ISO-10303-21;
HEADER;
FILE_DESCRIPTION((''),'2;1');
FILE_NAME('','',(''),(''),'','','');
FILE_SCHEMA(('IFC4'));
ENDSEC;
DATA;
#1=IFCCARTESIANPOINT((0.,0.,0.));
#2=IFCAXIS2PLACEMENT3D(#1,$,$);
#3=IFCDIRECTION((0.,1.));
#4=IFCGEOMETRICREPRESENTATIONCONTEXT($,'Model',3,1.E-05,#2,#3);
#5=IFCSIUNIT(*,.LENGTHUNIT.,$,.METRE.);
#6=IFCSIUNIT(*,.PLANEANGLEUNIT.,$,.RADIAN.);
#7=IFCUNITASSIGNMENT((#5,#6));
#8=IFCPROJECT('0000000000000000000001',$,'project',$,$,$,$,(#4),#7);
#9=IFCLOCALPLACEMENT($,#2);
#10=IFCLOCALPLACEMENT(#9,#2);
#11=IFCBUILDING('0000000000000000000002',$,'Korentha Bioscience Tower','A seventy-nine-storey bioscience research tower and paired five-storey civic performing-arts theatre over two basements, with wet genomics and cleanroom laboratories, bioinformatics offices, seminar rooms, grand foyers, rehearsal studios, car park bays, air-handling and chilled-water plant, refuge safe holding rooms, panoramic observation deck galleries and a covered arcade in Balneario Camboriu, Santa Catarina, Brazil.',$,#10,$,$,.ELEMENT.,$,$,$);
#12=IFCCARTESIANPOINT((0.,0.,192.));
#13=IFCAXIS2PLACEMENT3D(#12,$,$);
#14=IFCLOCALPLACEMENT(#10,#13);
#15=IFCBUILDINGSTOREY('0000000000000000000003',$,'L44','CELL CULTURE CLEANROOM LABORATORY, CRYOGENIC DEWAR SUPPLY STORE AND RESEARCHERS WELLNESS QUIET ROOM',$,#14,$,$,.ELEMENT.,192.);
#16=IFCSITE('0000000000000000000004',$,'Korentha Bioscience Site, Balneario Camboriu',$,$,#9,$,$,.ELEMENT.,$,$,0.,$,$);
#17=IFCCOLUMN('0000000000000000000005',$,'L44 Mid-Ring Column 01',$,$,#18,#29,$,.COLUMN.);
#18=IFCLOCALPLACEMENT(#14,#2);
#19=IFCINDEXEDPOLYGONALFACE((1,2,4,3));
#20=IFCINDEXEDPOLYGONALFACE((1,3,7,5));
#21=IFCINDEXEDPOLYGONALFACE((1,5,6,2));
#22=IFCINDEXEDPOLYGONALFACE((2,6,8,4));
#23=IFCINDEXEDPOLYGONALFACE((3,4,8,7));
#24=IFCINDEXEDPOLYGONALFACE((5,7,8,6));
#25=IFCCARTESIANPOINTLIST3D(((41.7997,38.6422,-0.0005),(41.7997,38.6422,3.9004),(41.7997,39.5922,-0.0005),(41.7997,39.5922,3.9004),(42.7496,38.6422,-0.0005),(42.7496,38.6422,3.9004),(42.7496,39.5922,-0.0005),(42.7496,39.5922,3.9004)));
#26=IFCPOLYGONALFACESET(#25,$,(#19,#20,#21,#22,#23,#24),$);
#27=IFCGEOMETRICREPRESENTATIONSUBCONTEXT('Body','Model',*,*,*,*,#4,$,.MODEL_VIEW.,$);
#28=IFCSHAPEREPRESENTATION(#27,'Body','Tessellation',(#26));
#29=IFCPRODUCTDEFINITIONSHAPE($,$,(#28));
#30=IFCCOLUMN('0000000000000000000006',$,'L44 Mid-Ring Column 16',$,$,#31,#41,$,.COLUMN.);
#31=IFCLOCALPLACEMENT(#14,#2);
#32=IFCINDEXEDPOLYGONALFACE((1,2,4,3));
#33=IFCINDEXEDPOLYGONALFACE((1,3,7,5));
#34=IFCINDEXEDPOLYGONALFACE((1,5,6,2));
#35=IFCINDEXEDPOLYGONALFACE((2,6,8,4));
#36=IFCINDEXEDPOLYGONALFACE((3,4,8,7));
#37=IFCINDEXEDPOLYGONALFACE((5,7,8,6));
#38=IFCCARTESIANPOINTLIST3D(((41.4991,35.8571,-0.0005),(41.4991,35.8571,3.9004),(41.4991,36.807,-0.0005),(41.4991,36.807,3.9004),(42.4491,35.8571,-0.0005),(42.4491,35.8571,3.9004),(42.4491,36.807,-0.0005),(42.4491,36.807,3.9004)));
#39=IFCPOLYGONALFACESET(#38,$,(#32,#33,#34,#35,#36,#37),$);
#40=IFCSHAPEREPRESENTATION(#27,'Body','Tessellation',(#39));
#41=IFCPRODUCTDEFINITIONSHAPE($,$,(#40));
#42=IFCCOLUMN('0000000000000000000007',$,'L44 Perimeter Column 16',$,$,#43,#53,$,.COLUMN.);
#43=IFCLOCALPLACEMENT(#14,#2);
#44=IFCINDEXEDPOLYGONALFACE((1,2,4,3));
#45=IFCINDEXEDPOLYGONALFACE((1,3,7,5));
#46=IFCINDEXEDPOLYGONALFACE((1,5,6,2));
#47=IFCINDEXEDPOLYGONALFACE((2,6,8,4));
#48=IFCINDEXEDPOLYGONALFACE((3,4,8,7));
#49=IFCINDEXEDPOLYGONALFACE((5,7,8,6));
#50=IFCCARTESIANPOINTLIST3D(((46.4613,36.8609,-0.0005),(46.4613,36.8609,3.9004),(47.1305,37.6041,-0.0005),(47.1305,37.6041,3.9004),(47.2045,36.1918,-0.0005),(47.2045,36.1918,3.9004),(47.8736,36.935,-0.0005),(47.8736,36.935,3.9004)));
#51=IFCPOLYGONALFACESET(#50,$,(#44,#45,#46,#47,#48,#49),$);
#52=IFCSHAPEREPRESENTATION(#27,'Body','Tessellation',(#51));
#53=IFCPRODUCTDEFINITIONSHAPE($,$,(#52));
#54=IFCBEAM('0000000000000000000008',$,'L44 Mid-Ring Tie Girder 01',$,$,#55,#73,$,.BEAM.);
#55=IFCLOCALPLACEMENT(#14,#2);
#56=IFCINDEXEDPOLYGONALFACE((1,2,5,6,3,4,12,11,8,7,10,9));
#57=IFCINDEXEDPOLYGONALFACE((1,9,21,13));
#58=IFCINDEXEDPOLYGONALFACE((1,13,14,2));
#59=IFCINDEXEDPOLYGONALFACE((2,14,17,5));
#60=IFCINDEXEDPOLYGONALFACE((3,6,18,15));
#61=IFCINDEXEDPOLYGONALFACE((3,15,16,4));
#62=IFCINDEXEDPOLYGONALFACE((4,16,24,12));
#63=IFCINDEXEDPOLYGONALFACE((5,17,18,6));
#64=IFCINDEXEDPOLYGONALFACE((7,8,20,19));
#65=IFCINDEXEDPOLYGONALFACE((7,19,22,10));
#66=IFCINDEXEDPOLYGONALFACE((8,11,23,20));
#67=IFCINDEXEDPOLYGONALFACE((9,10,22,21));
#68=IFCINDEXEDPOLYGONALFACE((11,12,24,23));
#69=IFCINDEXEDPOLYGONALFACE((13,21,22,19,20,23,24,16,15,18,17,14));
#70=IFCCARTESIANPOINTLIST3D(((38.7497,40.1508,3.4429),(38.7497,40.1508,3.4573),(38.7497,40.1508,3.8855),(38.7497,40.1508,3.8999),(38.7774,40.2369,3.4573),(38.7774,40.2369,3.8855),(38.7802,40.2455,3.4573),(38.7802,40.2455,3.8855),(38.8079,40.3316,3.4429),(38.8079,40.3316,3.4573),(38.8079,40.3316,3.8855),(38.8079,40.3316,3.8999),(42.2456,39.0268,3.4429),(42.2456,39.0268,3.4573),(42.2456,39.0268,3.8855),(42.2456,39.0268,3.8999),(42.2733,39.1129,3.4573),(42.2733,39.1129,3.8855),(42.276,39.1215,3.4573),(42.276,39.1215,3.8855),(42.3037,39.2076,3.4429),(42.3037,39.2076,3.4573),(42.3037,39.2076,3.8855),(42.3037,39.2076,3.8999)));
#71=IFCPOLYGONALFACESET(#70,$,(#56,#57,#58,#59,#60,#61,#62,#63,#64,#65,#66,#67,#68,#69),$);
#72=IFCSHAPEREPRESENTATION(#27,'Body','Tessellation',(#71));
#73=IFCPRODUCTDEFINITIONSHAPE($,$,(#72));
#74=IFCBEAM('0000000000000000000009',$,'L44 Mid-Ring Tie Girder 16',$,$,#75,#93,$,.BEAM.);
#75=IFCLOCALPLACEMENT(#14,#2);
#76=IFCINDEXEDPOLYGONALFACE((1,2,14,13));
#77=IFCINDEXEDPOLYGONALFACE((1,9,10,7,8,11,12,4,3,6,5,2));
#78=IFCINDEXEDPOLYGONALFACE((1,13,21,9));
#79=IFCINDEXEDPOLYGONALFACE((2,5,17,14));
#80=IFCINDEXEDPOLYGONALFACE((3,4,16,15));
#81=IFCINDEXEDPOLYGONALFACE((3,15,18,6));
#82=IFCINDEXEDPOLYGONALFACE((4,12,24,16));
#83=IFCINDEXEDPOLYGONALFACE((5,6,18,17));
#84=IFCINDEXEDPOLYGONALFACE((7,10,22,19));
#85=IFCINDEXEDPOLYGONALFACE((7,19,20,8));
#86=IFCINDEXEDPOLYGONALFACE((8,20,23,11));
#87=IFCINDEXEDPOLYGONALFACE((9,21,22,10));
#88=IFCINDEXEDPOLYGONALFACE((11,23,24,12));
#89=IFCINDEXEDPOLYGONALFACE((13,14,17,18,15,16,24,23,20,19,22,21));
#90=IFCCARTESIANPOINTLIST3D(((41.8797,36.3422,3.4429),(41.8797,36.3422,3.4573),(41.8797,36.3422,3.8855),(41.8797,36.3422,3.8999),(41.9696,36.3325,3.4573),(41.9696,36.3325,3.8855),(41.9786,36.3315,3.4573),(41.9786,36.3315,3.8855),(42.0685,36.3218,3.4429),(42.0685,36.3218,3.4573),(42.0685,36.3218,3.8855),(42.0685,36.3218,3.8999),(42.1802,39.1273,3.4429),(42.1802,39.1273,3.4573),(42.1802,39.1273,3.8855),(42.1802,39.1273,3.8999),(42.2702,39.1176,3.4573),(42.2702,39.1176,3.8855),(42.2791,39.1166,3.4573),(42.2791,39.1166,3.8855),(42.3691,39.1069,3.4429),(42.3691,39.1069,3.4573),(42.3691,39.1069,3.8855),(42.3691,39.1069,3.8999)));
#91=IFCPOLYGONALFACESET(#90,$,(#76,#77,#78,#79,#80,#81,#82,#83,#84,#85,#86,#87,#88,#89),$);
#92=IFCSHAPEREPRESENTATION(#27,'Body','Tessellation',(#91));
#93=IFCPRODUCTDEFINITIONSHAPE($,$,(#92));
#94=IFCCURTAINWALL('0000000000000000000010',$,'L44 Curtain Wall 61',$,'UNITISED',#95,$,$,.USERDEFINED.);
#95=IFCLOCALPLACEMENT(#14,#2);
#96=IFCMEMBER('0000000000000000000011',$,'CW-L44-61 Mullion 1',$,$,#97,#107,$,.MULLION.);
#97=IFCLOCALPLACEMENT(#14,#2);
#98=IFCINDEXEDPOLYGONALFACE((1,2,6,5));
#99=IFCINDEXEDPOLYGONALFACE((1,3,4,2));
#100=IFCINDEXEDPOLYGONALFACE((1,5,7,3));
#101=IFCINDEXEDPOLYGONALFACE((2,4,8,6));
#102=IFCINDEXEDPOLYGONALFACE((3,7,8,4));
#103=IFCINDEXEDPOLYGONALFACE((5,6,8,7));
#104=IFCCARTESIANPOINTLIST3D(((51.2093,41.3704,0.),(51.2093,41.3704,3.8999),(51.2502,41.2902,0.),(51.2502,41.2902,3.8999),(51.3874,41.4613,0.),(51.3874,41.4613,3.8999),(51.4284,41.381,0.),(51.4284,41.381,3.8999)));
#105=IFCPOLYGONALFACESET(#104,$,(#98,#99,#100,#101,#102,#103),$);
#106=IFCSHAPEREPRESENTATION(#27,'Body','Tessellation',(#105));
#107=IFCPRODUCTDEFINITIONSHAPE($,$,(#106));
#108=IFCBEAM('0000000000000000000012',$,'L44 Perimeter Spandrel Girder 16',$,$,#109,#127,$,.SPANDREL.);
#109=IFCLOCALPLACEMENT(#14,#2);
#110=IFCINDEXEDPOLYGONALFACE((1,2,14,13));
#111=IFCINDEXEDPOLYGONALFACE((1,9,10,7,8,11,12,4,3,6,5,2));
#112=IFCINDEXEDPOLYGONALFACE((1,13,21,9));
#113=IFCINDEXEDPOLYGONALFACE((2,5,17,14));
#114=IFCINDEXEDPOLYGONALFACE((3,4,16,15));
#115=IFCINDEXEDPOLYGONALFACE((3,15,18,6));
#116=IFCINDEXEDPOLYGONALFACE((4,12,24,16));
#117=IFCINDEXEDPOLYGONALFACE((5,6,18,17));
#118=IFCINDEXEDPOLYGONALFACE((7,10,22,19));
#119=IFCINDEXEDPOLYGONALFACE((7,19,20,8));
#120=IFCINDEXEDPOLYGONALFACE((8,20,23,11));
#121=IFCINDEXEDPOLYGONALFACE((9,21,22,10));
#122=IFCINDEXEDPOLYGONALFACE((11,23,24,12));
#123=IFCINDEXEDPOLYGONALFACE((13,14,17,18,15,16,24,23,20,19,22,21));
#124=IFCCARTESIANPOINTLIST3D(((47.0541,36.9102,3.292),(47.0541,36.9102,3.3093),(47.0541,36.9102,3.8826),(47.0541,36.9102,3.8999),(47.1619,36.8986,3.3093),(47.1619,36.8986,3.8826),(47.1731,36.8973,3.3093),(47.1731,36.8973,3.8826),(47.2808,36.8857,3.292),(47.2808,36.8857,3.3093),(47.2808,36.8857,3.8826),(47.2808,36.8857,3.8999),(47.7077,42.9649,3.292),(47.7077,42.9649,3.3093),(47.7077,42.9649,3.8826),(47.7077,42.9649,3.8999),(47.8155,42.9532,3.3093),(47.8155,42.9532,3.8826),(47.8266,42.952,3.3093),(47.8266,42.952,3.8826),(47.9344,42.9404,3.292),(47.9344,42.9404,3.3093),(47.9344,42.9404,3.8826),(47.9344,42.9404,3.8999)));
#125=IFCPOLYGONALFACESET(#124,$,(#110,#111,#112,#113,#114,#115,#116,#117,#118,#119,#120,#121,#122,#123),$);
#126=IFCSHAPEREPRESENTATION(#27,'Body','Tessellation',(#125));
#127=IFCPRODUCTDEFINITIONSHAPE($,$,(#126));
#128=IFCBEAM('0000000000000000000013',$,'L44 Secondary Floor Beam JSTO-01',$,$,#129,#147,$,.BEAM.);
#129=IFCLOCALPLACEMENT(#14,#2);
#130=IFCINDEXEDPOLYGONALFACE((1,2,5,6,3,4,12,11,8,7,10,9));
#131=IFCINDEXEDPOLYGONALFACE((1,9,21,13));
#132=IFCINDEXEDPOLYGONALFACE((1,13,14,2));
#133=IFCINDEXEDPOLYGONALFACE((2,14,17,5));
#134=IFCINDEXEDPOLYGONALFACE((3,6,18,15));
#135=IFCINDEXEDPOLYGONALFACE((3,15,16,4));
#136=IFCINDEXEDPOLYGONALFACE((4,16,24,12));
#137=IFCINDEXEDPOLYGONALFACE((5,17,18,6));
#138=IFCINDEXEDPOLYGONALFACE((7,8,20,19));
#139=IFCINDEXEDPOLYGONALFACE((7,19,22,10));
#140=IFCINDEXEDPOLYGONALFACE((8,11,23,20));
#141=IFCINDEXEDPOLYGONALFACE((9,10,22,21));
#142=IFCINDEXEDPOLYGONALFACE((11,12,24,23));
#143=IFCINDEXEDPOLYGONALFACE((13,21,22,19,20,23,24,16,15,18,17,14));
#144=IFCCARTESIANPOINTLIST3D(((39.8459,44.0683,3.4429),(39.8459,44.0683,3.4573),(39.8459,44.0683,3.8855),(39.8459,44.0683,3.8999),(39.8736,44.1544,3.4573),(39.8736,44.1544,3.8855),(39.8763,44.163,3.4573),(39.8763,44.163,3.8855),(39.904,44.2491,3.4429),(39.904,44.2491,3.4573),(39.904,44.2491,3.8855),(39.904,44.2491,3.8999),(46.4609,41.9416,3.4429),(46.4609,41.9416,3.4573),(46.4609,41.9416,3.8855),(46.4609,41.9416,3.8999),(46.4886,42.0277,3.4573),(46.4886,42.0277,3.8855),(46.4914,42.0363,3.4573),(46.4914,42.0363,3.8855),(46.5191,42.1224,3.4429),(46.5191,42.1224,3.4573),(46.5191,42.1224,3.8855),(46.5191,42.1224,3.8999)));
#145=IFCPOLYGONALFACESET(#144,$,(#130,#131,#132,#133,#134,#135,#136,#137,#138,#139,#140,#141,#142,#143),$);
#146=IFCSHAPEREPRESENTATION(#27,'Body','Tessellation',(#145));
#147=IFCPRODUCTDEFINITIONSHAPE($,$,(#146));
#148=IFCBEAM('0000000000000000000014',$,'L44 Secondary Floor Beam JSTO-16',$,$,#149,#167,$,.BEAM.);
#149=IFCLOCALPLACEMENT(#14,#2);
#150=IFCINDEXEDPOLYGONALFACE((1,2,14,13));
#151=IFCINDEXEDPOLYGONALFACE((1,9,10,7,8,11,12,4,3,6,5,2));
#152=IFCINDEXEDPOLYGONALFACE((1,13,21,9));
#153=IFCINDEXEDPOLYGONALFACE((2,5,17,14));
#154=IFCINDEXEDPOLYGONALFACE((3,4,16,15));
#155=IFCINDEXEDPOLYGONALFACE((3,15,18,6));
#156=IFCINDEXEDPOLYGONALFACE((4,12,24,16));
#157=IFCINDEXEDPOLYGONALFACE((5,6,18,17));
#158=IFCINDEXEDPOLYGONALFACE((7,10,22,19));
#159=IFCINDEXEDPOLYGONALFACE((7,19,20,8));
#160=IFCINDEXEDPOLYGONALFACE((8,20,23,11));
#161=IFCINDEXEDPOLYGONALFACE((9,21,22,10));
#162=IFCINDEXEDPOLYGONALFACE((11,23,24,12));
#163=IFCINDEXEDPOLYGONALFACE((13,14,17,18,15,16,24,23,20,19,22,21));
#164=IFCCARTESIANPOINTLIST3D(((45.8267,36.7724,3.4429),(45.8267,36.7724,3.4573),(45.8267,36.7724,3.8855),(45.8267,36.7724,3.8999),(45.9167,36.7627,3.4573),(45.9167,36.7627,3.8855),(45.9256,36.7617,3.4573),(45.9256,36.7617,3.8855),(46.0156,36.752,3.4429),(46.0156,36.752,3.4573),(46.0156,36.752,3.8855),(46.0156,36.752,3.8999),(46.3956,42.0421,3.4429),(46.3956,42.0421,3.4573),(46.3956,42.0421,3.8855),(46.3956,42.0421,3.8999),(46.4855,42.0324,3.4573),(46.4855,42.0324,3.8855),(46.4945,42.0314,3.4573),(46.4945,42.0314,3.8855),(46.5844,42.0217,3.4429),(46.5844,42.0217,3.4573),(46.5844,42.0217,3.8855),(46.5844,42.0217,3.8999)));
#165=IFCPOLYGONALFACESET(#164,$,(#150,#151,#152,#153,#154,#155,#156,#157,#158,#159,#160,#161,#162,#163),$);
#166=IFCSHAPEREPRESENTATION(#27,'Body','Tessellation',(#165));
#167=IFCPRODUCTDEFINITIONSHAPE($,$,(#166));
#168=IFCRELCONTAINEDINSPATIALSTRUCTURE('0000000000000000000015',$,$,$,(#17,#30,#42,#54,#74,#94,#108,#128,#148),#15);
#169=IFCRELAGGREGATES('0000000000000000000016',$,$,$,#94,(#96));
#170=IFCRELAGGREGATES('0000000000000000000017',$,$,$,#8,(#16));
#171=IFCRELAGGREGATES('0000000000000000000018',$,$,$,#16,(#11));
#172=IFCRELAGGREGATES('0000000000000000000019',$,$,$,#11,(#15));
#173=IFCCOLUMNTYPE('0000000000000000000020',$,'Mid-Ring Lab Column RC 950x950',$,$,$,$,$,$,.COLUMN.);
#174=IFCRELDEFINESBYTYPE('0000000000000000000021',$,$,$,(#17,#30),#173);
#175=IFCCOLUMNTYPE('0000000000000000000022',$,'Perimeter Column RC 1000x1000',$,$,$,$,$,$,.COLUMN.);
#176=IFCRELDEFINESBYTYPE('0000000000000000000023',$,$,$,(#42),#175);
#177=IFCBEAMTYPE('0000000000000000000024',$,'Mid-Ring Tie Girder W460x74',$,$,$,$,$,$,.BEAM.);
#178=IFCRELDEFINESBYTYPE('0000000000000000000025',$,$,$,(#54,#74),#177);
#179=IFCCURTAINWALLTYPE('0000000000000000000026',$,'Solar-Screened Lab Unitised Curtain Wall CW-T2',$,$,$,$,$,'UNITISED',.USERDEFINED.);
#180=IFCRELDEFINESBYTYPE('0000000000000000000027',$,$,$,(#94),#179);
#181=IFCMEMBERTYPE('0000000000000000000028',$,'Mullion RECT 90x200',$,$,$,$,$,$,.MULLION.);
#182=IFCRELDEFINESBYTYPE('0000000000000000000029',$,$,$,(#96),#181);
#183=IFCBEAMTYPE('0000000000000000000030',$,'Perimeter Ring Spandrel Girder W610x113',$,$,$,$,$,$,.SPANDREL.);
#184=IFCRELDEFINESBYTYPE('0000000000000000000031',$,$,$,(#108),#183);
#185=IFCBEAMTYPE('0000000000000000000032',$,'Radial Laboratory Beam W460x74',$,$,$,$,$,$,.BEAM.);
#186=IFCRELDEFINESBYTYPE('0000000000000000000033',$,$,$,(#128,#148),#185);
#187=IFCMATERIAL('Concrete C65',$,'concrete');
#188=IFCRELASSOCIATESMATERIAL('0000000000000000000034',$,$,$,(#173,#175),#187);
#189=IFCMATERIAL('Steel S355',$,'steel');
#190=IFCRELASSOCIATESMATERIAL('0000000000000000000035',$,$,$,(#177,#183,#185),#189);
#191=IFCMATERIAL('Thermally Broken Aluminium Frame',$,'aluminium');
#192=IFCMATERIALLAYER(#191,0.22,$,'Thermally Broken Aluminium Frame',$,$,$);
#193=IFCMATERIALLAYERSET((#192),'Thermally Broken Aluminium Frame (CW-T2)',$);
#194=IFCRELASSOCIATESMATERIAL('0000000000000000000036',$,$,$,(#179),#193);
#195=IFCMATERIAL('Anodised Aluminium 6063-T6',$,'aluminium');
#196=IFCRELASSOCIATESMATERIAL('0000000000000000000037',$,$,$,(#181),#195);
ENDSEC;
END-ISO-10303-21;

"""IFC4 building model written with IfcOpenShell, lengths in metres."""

from ifc_helpers import new_model, si_unit, direction, frame, origin, origin_2d, place, context, subcontext, project, spatial, rectangle, i_section, extrude, material, layer, layer_set, material_profile, profile_set, type_object, element, aggregate, save


model = new_model("IFC4")

# Units and contexts
model_context = context("Model", 3, precision=1e-05, world=origin(), true_north=direction((0.0, 1.0)))
body_context = subcontext(model_context, "Body", "Model", "MODEL_VIEW")
ifc_project = project(units=[si_unit("LENGTHUNIT", "METRE"), si_unit("PLANEANGLEUNIT", "RADIAN")], contexts=[model_context])

# Site, building, storey
site_placement = place(None, origin())
site = spatial("IfcSite", under=ifc_project, at=site_placement, Name="Korentha Bioscience Site, Balneario Camboriu", CompositionType="ELEMENT", RefElevation=0.0)
building_placement = place(site_placement, origin())
building = spatial("IfcBuilding", under=site, at=building_placement, Name="Korentha Bioscience Tower", Description="A seventy-nine-storey bioscience research tower and paired five-storey civic performing-arts theatre over two basements, with wet genomics and cleanroom laboratories, bioinformatics offices, seminar rooms, grand foyers, rehearsal studios, car park bays, air-handling and chilled-water plant, refuge safe holding rooms, panoramic observation deck galleries and a covered arcade in Balneario Camboriu, Santa Catarina, Brazil.", CompositionType="ELEMENT")
storey_placement = place(building_placement, frame((0.0, 0.0, 192.0)))
storey = spatial("IfcBuildingStorey", under=building, at=storey_placement, Name="L44", Description="CELL CULTURE CLEANROOM LABORATORY, CRYOGENIC DEWAR SUPPLY STORE AND RESEARCHERS WELLNESS QUIET ROOM", CompositionType="ELEMENT", Elevation=192.0)

# Columns
ifc_material_1 = material(Name="Concrete C65", Category="concrete")
ifc_material_profile_1 = material_profile(ifc_material_1, rectangle(XDim=0.95, YDim=0.95, at=origin_2d()), Name="Concrete C65")
ifc_profile_set_1 = profile_set([ifc_material_profile_1], Name="Concrete C65 (COL-MR09)")
column_type_1 = type_object("IfcColumnType", Name="Mid-Ring Lab Column RC 950x950", PredefinedType="COLUMN", material=ifc_profile_set_1)
for number, where, z_axis, x_axis, name in (
    (1, (42.2747, 39.1172, -0.0005), (0.0, 0.0, 1.0), (1.0, 0.0, 0.0), "L44 Mid-Ring Column 01"),
    (2, (41.9741, 36.332, -0.0005), (0.0, 0.0, 1.0), (1.0, 0.0, 0.0), "L44 Mid-Ring Column 16"),
):
    element("IfcColumn", number, at=place(storey_placement, frame(where, z_axis=z_axis, x_axis=x_axis)), inside=storey, type_object=column_type_1, Name=name, PredefinedType="COLUMN", context=body_context, shape_type="SweptSolid", body=[
        extrude(rectangle(XDim=0.95, YDim=0.95, at=origin_2d()), origin(), (0.0, 0.0, 1.0), 3.9009),
    ])
ifc_material_profile_2 = material_profile(ifc_material_1, rectangle(XDim=1.0, YDim=1.0, at=origin_2d()), Name="Concrete C65")
ifc_profile_set_2 = profile_set([ifc_material_profile_2], Name="Concrete C65 (COL-P10)")
column_type_2 = type_object("IfcColumnType", Name="Perimeter Column RC 1000x1000", PredefinedType="COLUMN", material=ifc_profile_set_2)
column_placement = place(storey_placement, frame((47.1675, 36.8979, -0.0005), z_axis=(0.0, 0.0, 1.0), x_axis=(0.669131, 0.743145, 0.0)))
element("IfcColumn", 3, at=column_placement, inside=storey, type_object=column_type_2, Name="L44 Perimeter Column 16", PredefinedType="COLUMN", context=body_context, shape_type="SweptSolid", body=[
    extrude(rectangle(XDim=1.0, YDim=1.0, at=origin_2d()), origin(), (0.0, 0.0, 1.0), 3.9009),
])

# Beams
ifc_material_2 = material(Name="Steel S355", Category="steel")
ifc_material_profile_3 = material_profile(ifc_material_2, i_section(OverallWidth=0.1899, OverallDepth=0.457, WebThickness=0.009, FlangeThickness=0.0144, at=origin_2d()), Name="Steel S355")
ifc_profile_set_3 = profile_set([ifc_material_profile_3], Name="Steel S355 (MB-460)")
beam_type_1 = type_object("IfcBeamType", Name="Mid-Ring Tie Girder W460x74", PredefinedType="BEAM", material=ifc_profile_set_3)
beam_1_placement = place(storey_placement, frame((42.2747, 39.1172, 3.6714), z_axis=(-0.952, 0.306097, 0.0), x_axis=(-0.306097, -0.952, 0.0)))
element("IfcBeam", 4, at=beam_1_placement, inside=storey, type_object=beam_type_1, Name="L44 Mid-Ring Tie Girder 01", PredefinedType="BEAM", context=body_context, shape_type="SweptSolid", body=[
    extrude(i_section(OverallWidth=0.1899, OverallDepth=0.457, WebThickness=0.009, FlangeThickness=0.0144, at=origin_2d()), origin(), (0.0, 0.0, 1.0), 3.6721),
])
beam_2_placement = place(storey_placement, frame((41.9741, 36.332, 3.6714), z_axis=(0.107284, 0.994228, 0.0), x_axis=(-0.994228, 0.107284, 0.0)))
element("IfcBeam", 5, at=beam_2_placement, inside=storey, type_object=beam_type_1, Name="L44 Mid-Ring Tie Girder 16", PredefinedType="BEAM", context=body_context, shape_type="SweptSolid", body=[
    extrude(i_section(OverallWidth=0.1899, OverallDepth=0.457, WebThickness=0.009, FlangeThickness=0.0144, at=origin_2d()), origin(), (0.0, 0.0, 1.0), 2.8013),
])

# Curtain wall, member
ifc_material_3 = material(Name="Thermally Broken Aluminium Frame", Category="aluminium")
ifc_layer_1 = layer(ifc_material_3, 0.22, Name="Thermally Broken Aluminium Frame")
ifc_layer_set_1 = layer_set([ifc_layer_1], Name="Thermally Broken Aluminium Frame (CW-T2)")
curtain_wall_type = type_object("IfcCurtainWallType", Name="Solar-Screened Lab Unitised Curtain Wall CW-T2", ElementType="UNITISED", PredefinedType="USERDEFINED", material=ifc_layer_set_1)
curtain_wall_placement = place(storey_placement, origin())
curtain_wall = element("IfcCurtainWall", 6, at=curtain_wall_placement, inside=storey, type_object=curtain_wall_type, Name="L44 Curtain Wall 61", ObjectType="UNITISED", PredefinedType="USERDEFINED")
ifc_material_4 = material(Name="Anodised Aluminium 6063-T6", Category="aluminium")
ifc_material_profile_4 = material_profile(ifc_material_4, rectangle(XDim=0.0901, YDim=0.2, at=origin_2d()), Name="Anodised Aluminium 6063-T6")
ifc_profile_set_4 = profile_set([ifc_material_profile_4], Name="Anodised Aluminium 6063-T6 (CW-MUL)")
member_type_1 = type_object("IfcMemberType", Name="Mullion RECT 90x200", PredefinedType="MULLION", material=ifc_profile_set_4)
member_1_placement = place(storey_placement, frame((51.3188, 41.3757, 0.0), z_axis=(0.0, 0.0, 1.0), x_axis=(-0.454288, 0.890855, 0.0)))
member_1 = element("IfcMember", 7, at=member_1_placement, type_object=member_type_1, Name="CW-L44-61 Mullion 1", PredefinedType="MULLION", context=body_context, shape_type="SweptSolid", body=[
    extrude(rectangle(XDim=0.0901, YDim=0.2, at=origin_2d()), origin(), (0.0, 0.0, 1.0), 3.8999),
])

# Beams
ifc_material_profile_5 = material_profile(ifc_material_2, i_section(OverallWidth=0.228, OverallDepth=0.6079, WebThickness=0.0112, FlangeThickness=0.0173, at=origin_2d()), Name="Steel S355")
ifc_profile_set_5 = profile_set([ifc_material_profile_5], Name="Steel S355 (SB-610)")
beam_type_2 = type_object("IfcBeamType", Name="Perimeter Ring Spandrel Girder W610x113", PredefinedType="SPANDREL", material=ifc_profile_set_5)
beam_3_placement = place(storey_placement, frame((47.1675, 36.8979, 3.5959), z_axis=(0.10732, 0.994225, 0.0), x_axis=(-0.994225, 0.10732, 0.0)))
element("IfcBeam", 8, at=beam_3_placement, inside=storey, type_object=beam_type_2, Name="L44 Perimeter Spandrel Girder 16", PredefinedType="SPANDREL", context=body_context, shape_type="SweptSolid", body=[
    extrude(i_section(OverallWidth=0.228, OverallDepth=0.6079, WebThickness=0.0112, FlangeThickness=0.0173, at=origin_2d()), origin(), (0.0, 0.0, 1.0), 6.0898),
])
ifc_material_profile_6 = material_profile(ifc_material_2, i_section(OverallWidth=0.1899, OverallDepth=0.457, WebThickness=0.009, FlangeThickness=0.0144, at=origin_2d()), Name="Steel S355")
ifc_profile_set_6 = profile_set([ifc_material_profile_6], Name="Steel S355 (RB-460)")
beam_type_3 = type_object("IfcBeamType", Name="Radial Laboratory Beam W460x74", PredefinedType="BEAM", material=ifc_profile_set_6)
beam_4_placement = place(storey_placement, frame((46.49, 42.032, 3.6714), z_axis=(-0.952009, 0.306069, 0.0), x_axis=(-0.306069, -0.952009, 0.0)))
element("IfcBeam", 9, at=beam_4_placement, inside=storey, type_object=beam_type_3, Name="L44 Secondary Floor Beam JSTO-01", PredefinedType="BEAM", context=body_context, shape_type="SweptSolid", body=[
    extrude(i_section(OverallWidth=0.1899, OverallDepth=0.457, WebThickness=0.009, FlangeThickness=0.0144, at=origin_2d()), origin(), (0.0, 0.0, 1.0), 6.9485),
])
beam_5_placement = place(storey_placement, frame((45.9211, 36.7622, 3.6714), z_axis=(0.107322, 0.994224, 0.0), x_axis=(-0.994224, 0.107322, 0.0)))
element("IfcBeam", 10, at=beam_5_placement, inside=storey, type_object=beam_type_3, Name="L44 Secondary Floor Beam JSTO-16", PredefinedType="BEAM", context=body_context, shape_type="SweptSolid", body=[
    extrude(i_section(OverallWidth=0.1899, OverallDepth=0.457, WebThickness=0.009, FlangeThickness=0.0144, at=origin_2d()), origin(), (0.0, 0.0, 1.0), 5.3003),
])

aggregate(curtain_wall, [member_1])

save(model, "model.ifc")
